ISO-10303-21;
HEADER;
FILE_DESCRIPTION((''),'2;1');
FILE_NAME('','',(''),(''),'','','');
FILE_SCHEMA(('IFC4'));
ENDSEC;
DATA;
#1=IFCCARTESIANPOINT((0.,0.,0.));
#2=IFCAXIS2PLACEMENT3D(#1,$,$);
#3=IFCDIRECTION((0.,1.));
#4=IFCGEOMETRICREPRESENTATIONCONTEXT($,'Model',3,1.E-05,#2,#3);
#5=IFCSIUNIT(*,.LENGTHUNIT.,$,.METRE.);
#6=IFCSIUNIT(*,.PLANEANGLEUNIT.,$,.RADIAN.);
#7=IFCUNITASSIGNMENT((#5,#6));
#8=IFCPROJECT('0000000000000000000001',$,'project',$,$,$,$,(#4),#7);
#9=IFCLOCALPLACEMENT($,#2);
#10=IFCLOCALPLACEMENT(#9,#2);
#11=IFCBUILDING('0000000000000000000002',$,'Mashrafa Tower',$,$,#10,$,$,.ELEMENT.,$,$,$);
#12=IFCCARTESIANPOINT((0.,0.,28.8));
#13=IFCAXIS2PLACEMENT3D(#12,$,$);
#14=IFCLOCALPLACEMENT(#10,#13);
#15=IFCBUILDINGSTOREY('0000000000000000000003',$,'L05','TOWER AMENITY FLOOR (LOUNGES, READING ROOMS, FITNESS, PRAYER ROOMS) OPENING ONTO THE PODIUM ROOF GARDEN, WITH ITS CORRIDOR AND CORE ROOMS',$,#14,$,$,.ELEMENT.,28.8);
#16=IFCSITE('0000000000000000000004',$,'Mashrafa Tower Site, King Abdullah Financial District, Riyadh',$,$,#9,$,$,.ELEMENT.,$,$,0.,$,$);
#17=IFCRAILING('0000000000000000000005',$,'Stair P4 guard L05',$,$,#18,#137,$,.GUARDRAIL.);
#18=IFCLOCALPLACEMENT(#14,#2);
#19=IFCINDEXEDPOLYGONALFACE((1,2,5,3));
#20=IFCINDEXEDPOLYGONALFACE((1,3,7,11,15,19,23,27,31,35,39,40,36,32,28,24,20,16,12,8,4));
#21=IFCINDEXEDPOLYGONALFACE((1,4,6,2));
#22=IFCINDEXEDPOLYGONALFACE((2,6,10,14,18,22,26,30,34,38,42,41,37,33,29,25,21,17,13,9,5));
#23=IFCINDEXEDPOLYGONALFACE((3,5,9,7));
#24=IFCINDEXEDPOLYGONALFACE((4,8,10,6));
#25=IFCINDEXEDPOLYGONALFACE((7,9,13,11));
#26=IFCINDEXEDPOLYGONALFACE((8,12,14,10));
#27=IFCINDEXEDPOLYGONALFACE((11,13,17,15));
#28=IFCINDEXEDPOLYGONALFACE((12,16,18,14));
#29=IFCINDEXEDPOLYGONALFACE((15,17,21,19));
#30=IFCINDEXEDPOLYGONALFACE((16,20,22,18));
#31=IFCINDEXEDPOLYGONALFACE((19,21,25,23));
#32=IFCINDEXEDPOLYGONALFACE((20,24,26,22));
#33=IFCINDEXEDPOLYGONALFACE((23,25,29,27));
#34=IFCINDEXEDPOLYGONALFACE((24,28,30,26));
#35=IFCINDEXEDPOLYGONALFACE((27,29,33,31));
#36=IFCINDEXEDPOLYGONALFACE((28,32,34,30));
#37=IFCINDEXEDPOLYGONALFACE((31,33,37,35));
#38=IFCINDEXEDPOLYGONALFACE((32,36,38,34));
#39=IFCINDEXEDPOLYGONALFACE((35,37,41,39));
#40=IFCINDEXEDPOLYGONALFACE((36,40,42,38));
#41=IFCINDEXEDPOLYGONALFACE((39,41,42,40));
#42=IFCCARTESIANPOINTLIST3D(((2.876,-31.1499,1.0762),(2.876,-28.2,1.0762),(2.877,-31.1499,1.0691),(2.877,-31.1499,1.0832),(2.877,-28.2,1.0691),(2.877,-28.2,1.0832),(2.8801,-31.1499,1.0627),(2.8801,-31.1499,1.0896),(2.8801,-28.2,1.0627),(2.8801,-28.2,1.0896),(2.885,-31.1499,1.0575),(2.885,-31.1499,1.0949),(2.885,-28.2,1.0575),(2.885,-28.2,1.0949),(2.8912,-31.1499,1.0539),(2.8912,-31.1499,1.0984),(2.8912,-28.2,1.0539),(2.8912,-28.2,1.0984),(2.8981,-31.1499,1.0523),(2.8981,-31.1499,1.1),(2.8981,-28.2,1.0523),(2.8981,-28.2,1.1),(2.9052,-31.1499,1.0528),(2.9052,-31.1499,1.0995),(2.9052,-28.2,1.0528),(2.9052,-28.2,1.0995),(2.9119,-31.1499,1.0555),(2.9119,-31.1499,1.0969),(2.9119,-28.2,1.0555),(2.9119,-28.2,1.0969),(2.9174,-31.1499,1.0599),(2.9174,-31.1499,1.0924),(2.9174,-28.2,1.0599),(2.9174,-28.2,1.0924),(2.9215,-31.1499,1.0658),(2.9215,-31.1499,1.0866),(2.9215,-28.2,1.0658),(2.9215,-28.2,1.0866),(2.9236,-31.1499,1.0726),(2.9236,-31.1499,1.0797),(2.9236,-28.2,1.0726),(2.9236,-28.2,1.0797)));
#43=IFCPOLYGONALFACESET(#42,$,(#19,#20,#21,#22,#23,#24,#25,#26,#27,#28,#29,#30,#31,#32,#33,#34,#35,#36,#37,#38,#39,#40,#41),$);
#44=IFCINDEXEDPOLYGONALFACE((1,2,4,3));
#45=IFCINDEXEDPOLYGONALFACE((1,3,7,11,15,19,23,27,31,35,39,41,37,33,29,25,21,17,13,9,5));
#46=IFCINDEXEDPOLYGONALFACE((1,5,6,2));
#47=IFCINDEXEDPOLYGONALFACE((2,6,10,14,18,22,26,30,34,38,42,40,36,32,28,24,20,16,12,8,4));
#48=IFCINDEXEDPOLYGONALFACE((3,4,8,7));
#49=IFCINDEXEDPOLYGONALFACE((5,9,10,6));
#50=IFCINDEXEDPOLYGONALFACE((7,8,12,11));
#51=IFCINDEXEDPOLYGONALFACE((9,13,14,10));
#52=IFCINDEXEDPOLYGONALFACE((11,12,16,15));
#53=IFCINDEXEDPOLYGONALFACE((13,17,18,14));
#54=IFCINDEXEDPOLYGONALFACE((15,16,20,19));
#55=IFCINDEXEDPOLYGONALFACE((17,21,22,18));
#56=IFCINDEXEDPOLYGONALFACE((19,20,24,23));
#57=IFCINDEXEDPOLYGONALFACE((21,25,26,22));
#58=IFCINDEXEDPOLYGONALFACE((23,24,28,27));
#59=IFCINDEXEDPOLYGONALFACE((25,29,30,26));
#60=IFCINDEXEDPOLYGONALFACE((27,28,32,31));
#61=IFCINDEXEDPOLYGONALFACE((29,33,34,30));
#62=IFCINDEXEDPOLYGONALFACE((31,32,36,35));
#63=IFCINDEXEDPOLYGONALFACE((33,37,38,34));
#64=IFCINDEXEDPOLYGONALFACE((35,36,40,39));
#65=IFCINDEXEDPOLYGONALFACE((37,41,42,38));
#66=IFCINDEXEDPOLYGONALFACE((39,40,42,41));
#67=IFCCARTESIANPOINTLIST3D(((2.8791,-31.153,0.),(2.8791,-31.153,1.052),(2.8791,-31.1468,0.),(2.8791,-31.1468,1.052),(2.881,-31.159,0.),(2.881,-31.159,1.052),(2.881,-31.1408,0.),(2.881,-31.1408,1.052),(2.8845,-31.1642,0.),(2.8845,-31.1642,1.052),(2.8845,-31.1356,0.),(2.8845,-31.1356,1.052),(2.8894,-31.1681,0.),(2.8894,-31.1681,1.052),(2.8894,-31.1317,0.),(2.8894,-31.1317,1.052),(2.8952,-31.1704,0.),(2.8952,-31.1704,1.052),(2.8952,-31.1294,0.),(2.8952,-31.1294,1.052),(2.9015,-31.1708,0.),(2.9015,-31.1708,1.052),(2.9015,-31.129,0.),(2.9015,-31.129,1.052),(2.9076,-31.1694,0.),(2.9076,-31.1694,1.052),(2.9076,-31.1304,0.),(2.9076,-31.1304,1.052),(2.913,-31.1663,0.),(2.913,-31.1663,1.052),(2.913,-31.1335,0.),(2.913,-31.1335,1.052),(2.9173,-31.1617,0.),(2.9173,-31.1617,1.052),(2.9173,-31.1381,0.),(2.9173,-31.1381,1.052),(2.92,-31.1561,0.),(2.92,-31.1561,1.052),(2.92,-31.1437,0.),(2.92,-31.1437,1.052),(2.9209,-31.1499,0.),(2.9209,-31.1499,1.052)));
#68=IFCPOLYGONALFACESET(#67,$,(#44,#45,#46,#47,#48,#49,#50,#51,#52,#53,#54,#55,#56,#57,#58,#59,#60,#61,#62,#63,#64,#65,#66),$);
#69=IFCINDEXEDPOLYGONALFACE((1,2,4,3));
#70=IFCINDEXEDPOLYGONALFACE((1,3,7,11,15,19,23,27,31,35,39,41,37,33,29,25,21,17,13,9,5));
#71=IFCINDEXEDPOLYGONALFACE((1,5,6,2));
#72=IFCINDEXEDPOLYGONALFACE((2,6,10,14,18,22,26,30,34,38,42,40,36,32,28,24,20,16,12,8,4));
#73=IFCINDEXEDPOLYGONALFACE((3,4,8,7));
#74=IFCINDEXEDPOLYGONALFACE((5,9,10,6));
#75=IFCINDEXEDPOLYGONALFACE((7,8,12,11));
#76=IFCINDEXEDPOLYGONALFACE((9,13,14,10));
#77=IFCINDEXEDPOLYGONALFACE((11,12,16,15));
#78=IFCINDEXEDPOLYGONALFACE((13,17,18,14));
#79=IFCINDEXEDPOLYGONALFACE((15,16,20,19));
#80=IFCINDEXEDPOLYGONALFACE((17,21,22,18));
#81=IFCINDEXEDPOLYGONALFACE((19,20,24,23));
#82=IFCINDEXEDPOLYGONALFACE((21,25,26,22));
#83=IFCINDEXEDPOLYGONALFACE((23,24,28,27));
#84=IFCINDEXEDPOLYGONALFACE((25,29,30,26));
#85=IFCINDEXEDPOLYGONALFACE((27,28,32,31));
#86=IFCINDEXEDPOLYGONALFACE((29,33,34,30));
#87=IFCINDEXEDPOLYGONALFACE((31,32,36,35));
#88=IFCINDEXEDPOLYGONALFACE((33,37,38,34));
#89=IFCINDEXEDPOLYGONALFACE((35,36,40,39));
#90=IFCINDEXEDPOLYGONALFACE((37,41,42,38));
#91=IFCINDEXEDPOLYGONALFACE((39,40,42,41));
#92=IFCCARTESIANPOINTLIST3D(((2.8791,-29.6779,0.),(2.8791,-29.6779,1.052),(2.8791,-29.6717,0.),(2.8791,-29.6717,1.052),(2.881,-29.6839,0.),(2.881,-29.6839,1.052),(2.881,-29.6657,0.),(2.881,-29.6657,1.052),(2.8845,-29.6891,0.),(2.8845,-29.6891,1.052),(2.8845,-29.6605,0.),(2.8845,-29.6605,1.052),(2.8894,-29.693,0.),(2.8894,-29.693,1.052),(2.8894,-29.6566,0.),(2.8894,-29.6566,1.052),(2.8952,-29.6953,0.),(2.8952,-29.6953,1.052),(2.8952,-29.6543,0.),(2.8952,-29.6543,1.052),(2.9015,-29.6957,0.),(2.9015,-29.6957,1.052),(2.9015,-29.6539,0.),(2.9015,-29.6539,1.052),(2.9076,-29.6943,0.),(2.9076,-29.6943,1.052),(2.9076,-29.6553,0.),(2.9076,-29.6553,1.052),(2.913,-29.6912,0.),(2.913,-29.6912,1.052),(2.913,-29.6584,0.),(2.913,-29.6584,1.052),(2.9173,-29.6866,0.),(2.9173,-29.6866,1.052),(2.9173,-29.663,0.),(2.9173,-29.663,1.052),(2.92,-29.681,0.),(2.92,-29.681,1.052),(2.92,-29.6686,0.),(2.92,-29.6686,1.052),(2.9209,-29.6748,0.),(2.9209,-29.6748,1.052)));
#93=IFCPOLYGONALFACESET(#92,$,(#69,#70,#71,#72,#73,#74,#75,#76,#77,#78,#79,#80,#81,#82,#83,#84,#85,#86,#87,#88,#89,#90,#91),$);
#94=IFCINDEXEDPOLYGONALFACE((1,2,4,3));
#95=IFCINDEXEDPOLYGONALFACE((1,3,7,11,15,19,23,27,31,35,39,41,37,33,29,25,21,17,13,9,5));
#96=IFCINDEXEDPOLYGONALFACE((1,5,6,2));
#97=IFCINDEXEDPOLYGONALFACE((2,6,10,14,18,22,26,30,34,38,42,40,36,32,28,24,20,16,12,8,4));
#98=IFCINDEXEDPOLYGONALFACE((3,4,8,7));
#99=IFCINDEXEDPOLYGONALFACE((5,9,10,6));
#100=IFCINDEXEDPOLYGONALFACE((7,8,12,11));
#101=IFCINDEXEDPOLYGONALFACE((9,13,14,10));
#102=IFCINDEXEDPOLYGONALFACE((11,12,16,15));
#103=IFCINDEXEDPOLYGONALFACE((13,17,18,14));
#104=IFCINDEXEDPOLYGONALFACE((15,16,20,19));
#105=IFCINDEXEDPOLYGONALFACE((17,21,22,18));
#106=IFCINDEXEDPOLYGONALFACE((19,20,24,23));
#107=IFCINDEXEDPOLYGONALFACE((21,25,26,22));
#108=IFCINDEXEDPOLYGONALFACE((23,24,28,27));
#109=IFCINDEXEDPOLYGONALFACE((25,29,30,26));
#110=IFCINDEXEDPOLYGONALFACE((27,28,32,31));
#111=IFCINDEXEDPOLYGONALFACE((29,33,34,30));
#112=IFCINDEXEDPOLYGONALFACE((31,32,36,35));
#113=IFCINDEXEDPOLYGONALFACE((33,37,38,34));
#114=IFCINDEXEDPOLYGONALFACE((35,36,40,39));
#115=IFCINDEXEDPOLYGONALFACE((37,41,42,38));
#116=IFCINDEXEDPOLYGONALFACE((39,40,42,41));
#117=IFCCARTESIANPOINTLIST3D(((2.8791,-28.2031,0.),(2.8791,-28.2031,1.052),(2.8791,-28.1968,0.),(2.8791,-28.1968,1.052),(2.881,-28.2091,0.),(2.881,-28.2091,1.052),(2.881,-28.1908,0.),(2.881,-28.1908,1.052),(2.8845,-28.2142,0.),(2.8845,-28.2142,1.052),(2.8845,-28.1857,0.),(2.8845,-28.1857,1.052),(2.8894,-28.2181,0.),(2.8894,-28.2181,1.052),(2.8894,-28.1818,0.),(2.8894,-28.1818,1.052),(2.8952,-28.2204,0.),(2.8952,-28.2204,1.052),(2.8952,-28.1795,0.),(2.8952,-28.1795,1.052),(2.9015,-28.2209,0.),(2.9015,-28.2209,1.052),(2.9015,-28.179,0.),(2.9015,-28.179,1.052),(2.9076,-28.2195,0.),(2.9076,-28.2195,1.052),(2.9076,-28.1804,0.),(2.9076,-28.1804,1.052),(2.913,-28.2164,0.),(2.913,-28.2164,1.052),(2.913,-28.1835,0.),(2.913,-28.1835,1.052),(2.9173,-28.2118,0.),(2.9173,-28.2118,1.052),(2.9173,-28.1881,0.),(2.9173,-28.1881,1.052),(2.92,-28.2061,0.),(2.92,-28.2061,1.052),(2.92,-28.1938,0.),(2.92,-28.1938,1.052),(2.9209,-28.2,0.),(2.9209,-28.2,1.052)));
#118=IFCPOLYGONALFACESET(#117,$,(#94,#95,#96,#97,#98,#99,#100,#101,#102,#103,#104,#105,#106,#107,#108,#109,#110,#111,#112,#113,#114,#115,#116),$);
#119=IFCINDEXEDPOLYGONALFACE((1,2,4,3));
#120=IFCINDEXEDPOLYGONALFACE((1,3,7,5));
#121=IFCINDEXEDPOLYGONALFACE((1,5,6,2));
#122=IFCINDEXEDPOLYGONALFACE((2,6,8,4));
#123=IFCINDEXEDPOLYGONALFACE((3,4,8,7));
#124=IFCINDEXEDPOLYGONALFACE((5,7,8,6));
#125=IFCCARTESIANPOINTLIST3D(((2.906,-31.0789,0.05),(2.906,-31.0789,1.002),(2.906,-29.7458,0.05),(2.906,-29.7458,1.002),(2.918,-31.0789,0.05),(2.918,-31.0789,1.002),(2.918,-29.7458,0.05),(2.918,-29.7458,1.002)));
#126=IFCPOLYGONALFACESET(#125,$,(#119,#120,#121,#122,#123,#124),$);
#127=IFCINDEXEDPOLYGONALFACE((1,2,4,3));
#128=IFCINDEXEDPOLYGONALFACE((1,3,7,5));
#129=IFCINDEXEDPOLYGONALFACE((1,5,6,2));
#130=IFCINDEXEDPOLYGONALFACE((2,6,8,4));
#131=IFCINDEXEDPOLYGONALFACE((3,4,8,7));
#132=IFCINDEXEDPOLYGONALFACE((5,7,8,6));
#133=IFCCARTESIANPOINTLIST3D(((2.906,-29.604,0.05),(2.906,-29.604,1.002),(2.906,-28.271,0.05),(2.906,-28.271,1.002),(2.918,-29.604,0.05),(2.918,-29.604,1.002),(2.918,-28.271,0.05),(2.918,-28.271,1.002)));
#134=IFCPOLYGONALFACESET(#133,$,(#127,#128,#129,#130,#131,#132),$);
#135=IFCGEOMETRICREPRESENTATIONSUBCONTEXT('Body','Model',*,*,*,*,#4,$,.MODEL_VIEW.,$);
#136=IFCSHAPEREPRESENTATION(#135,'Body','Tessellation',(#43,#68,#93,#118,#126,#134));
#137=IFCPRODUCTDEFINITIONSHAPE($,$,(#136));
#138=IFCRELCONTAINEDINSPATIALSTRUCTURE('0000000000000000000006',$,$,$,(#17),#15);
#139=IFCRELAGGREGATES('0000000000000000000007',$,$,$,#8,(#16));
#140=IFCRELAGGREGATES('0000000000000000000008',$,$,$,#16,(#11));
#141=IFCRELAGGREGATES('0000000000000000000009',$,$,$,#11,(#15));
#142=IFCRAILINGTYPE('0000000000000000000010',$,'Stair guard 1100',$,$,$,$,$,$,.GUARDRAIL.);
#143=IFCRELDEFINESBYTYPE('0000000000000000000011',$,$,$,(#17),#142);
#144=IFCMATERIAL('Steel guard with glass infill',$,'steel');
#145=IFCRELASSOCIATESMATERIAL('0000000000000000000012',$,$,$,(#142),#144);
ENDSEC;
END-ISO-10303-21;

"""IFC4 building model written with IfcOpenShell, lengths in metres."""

from ifc_helpers import new_model, si_unit, direction, frame, origin, origin_2d, place, context, subcontext, project, spatial, polyline, circle, outline, extrude, material, type_object, element, save


model = new_model("IFC4")

# Units and contexts
model_context = context("Model", 3, precision=1e-05, world=origin(), true_north=direction((0.0, 1.0)))
body_context = subcontext(model_context, "Body", "Model", "MODEL_VIEW")
ifc_project = project(units=[si_unit("LENGTHUNIT", "METRE"), si_unit("PLANEANGLEUNIT", "RADIAN")], contexts=[model_context])

# Site, building, storey
site_placement = place(None, origin())
site = spatial("IfcSite", under=ifc_project, at=site_placement, Name="Mashrafa Tower Site, King Abdullah Financial District, Riyadh", CompositionType="ELEMENT", RefElevation=0.0)
building_placement = place(site_placement, origin())
building = spatial("IfcBuilding", under=site, at=building_placement, Name="Mashrafa Tower", CompositionType="ELEMENT")
storey_placement = place(building_placement, frame((0.0, 0.0, 28.8)))
storey = spatial("IfcBuildingStorey", under=building, at=storey_placement, Name="L05", Description="TOWER AMENITY FLOOR (LOUNGES, READING ROOMS, FITNESS, PRAYER ROOMS) OPENING ONTO THE PODIUM ROOF GARDEN, WITH ITS CORRIDOR AND CORE ROOMS", CompositionType="ELEMENT", Elevation=28.8)

# Railing
ifc_material_1 = material(Name="Steel guard with glass infill", Category="steel")
railing_type = type_object("IfcRailingType", Name="Stair guard 1100", PredefinedType="GUARDRAIL", material=ifc_material_1)
railing_placement = place(storey_placement, frame((2.8999, -31.1499, 0.0)))
element("IfcRailing", 1, at=railing_placement, inside=storey, type_object=railing_type, Name="Stair P4 guard L05", PredefinedType="GUARDRAIL", context=body_context, shape_type="SweptSolid", body=[
    extrude(circle(Radius=0.0239, at=origin_2d()), frame((0.0, 0.0, 1.0762), z_axis=(0.0, 1.0, 0.0), x_axis=(-1.0, 0.0, 0.0)), (0.0, 0.0, 1.0), 2.95),
    extrude(circle(Radius=0.021, at=origin_2d()), origin(), (0.0, 0.0, 1.0), 1.052),
    extrude(circle(Radius=0.021, at=origin_2d()), frame((0.0, 1.4751, 0.0)), (0.0, 0.0, 1.0), 1.052),
    extrude(circle(Radius=0.021, at=origin_2d()), frame((0.0, 2.95, 0.0)), (0.0, 0.0, 1.0), 1.052),
    extrude(outline(polyline([(0.071, 0.05), (1.4041, 0.05), (1.4041, 1.002), (0.071, 1.002), (0.071, 0.05)])), frame((0.0061, 0.0, 0.0), z_axis=(1.0, 0.0, 0.0), x_axis=(0.0, 1.0, 0.0)), (0.0, 0.0, 1.0), 0.012),
    extrude(outline(polyline([(1.5459, 0.05), (2.8789, 0.05), (2.8789, 1.002), (1.5459, 1.002), (1.5459, 0.05)])), frame((0.0061, 0.0, 0.0), z_axis=(1.0, 0.0, 0.0), x_axis=(0.0, 1.0, 0.0)), (0.0, 0.0, 1.0), 0.012),
])

save(model, "model.ifc")
